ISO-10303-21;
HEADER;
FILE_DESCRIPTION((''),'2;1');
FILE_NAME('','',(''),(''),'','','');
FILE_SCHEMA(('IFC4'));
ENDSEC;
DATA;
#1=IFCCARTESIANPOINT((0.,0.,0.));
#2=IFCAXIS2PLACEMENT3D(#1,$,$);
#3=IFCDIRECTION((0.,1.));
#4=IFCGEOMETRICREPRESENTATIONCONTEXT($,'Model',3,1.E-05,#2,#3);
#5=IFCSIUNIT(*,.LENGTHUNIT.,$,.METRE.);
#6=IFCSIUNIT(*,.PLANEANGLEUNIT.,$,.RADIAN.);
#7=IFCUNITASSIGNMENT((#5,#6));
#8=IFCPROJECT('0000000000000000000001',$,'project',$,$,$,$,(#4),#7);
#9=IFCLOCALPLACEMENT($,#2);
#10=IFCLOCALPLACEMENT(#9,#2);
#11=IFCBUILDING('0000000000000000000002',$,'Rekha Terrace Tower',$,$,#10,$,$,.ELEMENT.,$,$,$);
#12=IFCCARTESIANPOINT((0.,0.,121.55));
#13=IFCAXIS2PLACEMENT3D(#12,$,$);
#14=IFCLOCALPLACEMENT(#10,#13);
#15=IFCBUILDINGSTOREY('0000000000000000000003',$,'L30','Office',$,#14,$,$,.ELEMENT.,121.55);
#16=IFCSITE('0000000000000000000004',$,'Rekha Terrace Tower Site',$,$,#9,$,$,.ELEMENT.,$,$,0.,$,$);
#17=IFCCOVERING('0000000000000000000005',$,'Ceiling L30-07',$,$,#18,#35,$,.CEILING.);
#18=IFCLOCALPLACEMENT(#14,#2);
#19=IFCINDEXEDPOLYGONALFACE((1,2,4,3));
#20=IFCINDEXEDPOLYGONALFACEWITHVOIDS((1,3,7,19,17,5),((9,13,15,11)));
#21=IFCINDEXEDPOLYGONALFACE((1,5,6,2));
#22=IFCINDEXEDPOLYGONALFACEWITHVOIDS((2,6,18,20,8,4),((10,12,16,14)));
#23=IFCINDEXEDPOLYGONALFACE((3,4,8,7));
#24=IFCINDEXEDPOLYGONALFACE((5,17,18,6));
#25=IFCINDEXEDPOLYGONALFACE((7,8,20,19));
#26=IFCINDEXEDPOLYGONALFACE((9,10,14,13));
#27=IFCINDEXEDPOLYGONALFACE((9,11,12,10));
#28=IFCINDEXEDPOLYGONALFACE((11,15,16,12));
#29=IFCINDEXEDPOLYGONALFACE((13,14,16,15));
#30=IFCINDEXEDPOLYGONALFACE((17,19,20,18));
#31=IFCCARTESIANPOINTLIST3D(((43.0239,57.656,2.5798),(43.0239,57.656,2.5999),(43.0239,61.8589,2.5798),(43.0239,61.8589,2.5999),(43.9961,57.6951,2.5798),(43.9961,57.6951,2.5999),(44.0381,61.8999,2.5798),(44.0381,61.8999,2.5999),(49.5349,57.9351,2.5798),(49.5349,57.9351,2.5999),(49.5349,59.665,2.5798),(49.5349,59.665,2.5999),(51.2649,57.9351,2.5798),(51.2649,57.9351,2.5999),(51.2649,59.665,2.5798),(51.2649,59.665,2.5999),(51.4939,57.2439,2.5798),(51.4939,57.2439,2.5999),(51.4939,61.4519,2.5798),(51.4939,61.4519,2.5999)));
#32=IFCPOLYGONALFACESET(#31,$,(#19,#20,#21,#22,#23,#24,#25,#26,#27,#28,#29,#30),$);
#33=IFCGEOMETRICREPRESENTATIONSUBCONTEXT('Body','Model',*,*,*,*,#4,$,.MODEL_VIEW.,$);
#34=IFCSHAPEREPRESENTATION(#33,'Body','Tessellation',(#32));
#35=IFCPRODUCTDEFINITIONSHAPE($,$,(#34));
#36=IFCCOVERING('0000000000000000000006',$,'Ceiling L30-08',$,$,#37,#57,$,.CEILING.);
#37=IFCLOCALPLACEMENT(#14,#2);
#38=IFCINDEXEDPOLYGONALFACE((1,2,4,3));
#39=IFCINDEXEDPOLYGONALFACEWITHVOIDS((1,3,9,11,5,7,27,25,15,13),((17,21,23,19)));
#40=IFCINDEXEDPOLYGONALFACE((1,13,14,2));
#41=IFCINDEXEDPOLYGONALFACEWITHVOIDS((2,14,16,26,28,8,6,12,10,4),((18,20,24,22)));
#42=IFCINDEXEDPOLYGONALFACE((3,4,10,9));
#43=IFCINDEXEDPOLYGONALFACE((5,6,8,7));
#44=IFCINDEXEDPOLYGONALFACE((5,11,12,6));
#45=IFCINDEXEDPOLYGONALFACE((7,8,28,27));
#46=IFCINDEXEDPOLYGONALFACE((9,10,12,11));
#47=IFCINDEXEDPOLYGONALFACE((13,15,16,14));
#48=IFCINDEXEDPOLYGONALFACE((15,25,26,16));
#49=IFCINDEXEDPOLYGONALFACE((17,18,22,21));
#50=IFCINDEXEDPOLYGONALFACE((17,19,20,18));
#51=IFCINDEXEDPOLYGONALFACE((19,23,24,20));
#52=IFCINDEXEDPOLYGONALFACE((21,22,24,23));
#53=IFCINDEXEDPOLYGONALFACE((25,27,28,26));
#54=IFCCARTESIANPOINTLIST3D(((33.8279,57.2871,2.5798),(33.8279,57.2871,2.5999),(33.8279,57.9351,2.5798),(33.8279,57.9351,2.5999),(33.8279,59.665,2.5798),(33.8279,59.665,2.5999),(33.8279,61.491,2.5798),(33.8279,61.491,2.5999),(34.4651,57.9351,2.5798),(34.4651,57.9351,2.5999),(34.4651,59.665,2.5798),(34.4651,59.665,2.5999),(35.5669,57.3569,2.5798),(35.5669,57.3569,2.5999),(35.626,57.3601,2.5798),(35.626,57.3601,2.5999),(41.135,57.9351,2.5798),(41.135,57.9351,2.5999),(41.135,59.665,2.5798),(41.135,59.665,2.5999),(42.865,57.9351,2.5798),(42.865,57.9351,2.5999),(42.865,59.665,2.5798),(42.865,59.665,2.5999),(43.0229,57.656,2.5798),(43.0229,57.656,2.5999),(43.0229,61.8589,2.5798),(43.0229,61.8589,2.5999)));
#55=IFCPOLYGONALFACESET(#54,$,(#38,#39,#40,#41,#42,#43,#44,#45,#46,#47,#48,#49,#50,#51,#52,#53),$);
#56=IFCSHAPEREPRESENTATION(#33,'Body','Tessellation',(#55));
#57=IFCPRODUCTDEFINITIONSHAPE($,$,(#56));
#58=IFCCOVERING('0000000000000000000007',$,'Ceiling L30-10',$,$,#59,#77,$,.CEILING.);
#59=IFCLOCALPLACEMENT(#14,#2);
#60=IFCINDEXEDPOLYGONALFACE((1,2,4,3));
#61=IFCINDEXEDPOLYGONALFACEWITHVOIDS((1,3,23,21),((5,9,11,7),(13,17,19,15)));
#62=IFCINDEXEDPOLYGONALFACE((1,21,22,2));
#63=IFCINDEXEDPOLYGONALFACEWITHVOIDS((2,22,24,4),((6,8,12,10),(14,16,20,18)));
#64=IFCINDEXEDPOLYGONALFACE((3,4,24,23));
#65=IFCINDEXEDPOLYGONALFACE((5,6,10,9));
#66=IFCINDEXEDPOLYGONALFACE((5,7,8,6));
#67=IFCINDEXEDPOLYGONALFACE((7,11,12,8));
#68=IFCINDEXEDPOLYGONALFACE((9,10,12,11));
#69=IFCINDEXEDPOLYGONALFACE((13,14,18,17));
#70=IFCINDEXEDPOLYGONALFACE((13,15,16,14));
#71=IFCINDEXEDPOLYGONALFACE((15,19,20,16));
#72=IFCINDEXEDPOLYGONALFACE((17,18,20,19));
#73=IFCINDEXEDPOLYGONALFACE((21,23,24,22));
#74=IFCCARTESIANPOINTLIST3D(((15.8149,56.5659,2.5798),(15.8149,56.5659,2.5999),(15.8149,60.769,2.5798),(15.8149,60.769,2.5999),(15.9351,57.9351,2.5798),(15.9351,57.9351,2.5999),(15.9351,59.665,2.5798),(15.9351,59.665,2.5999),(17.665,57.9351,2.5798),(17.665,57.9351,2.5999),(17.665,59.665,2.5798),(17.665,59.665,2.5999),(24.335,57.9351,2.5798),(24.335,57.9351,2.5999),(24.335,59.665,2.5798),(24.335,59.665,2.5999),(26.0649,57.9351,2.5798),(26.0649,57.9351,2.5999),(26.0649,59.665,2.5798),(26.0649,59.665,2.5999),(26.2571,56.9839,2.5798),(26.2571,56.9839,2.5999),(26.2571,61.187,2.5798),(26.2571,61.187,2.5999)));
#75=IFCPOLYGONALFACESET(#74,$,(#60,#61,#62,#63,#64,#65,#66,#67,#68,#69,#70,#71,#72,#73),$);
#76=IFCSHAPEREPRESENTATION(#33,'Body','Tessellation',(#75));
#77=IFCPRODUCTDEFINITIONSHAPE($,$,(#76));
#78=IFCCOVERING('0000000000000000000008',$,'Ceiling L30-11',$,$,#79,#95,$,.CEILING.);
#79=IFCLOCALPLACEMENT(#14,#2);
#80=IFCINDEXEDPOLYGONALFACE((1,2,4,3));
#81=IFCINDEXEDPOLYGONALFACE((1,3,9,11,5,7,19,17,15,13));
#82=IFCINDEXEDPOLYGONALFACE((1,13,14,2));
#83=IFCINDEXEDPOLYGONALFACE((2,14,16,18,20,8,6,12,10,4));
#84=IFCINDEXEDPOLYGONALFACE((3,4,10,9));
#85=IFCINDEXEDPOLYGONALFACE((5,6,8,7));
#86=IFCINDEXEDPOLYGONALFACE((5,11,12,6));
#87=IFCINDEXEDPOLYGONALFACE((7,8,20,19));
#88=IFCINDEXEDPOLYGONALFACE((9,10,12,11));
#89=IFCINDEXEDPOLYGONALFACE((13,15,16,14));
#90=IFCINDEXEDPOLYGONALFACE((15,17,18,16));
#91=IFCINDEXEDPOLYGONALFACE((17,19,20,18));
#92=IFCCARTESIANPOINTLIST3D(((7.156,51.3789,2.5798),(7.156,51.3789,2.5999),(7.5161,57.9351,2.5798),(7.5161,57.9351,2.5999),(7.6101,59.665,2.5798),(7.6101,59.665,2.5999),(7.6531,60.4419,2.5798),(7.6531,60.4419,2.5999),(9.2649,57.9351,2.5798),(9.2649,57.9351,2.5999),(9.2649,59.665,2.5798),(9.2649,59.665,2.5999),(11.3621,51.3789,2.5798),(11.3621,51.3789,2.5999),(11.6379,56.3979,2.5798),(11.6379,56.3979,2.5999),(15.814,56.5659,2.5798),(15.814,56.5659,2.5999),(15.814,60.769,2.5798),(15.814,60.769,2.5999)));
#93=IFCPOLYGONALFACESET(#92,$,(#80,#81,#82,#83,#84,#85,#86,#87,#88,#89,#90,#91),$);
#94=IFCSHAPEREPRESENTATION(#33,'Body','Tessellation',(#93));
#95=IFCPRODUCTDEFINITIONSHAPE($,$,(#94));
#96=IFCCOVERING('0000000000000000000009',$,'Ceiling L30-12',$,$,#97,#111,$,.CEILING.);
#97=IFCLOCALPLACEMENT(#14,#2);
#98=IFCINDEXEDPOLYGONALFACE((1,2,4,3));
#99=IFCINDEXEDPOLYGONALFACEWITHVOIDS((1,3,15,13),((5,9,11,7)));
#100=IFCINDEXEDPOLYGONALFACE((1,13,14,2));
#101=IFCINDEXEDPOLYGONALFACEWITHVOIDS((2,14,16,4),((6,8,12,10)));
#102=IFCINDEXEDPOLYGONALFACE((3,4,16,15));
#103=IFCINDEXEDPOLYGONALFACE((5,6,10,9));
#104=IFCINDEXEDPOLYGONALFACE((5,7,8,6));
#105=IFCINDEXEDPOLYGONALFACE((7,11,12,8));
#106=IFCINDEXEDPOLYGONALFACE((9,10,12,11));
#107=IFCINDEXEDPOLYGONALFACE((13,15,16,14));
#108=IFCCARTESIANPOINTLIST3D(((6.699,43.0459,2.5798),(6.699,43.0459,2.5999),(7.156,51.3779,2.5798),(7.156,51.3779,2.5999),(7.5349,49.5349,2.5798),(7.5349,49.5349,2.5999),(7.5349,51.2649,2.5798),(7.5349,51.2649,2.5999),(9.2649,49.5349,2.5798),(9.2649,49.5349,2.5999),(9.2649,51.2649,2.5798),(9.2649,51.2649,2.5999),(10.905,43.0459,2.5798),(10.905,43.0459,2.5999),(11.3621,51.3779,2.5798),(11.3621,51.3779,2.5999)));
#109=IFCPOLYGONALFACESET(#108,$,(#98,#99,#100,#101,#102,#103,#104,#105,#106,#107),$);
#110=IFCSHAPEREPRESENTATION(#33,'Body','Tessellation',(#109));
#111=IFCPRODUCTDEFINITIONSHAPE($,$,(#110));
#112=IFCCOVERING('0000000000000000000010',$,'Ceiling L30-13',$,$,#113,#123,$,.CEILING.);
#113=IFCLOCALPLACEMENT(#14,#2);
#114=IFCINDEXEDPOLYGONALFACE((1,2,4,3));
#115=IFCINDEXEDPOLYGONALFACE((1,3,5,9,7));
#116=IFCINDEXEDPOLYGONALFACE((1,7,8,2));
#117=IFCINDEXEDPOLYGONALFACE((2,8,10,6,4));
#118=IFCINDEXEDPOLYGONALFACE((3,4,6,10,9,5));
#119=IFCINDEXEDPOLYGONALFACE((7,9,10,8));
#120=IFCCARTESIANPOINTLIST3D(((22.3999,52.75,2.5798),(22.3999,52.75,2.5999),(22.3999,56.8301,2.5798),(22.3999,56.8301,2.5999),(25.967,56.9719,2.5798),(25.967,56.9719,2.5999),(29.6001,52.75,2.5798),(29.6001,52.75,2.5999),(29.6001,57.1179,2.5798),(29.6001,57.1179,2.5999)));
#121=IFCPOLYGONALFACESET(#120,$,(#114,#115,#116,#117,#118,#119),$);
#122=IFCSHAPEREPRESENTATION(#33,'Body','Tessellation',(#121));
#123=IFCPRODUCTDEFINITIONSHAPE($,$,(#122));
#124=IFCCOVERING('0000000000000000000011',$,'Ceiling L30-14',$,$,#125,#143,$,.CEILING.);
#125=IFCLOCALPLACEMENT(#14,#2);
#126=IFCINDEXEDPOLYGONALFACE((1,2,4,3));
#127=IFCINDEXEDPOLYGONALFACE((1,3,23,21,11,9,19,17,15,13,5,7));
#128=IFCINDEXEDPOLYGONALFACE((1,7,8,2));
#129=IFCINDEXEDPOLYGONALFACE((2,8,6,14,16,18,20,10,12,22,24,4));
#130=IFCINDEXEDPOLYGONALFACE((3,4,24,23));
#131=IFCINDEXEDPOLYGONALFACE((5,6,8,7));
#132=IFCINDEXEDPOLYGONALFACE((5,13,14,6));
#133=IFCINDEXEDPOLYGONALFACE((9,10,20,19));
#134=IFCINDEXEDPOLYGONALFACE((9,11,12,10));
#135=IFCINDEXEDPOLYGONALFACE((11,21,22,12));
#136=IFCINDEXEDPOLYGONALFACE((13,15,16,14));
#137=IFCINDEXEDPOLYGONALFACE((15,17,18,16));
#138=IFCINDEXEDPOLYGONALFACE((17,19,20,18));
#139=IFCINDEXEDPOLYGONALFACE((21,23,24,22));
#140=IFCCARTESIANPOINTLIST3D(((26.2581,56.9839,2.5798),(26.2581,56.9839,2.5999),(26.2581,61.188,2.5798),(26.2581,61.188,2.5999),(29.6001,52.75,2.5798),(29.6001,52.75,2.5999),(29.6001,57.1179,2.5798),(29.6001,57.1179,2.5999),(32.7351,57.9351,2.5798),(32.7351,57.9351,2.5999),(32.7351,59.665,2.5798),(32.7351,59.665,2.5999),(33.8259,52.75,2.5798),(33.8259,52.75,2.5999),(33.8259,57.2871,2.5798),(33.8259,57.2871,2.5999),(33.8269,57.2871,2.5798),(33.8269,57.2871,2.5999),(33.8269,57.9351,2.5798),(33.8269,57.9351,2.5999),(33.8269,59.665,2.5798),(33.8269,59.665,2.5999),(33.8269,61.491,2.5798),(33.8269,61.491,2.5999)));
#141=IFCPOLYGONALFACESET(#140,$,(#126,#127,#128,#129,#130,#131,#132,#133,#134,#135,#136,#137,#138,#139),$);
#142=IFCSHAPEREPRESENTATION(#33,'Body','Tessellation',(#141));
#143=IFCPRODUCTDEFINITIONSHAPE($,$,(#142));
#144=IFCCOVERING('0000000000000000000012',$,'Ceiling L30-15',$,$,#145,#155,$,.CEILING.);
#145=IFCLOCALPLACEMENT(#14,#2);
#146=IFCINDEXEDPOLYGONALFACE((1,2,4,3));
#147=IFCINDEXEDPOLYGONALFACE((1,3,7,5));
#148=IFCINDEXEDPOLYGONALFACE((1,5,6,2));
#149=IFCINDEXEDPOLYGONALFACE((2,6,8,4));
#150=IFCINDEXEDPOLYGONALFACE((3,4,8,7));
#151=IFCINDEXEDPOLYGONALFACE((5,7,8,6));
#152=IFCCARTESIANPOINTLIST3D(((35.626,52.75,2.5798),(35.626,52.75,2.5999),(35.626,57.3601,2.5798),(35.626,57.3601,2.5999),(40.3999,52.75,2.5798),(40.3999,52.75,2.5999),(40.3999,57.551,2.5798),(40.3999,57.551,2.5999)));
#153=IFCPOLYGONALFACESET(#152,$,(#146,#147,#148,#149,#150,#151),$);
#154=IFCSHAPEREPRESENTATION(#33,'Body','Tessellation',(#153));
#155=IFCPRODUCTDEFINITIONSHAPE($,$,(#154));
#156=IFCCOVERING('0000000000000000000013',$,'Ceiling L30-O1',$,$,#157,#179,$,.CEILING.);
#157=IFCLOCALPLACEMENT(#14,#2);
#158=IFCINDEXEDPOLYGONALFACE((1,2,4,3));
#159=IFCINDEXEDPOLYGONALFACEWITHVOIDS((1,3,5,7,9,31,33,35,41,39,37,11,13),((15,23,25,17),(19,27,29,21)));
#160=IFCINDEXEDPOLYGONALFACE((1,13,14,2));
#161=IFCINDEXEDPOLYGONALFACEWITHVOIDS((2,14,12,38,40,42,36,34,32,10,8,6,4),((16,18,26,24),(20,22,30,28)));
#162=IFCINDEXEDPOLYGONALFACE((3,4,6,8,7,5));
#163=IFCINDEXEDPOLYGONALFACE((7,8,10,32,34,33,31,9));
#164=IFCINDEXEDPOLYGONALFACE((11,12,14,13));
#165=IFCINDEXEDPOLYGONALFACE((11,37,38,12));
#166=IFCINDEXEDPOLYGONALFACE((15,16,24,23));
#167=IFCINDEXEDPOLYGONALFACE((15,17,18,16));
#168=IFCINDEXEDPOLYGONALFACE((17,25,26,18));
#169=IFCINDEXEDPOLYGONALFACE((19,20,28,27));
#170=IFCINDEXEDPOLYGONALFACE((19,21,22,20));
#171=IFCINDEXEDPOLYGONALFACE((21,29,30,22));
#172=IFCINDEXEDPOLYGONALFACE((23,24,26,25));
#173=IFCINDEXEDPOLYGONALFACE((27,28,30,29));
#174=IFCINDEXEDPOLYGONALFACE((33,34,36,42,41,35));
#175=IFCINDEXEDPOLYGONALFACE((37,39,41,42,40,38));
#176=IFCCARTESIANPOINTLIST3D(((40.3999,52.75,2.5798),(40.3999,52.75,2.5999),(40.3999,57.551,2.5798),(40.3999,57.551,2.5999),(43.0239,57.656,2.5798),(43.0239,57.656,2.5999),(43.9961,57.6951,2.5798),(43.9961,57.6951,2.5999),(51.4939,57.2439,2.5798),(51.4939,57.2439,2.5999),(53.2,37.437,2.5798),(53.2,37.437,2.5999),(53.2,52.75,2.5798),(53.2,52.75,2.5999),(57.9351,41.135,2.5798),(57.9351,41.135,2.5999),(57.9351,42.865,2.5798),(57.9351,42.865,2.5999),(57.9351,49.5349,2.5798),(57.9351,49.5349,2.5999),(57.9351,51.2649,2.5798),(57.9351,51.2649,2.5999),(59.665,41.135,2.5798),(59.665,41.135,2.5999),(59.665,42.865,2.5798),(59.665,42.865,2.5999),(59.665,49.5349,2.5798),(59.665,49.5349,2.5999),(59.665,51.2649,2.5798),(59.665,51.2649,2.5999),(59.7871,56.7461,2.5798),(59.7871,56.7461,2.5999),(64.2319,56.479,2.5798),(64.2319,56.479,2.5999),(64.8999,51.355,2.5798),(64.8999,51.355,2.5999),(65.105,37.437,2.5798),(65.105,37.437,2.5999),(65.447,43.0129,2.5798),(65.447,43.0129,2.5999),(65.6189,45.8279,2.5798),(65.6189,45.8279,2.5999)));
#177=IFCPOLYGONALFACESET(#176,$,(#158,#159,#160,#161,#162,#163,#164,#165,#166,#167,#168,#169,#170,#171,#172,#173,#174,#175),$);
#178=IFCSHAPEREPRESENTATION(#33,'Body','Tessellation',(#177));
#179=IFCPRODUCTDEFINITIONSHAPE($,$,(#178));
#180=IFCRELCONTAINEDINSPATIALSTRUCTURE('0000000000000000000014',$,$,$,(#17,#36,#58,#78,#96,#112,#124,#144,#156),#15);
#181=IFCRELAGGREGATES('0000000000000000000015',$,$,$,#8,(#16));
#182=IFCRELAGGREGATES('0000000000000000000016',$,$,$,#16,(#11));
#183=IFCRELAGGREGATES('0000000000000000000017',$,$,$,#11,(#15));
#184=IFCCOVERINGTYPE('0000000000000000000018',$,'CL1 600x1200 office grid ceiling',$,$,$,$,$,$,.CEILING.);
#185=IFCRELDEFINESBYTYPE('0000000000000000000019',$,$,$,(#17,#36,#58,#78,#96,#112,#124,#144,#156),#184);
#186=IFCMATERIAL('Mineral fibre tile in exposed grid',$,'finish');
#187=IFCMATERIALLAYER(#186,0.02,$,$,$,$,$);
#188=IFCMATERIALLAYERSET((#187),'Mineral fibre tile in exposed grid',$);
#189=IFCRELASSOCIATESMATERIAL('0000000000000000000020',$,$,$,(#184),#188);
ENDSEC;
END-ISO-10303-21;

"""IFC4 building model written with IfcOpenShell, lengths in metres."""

from ifc_helpers import new_model, si_unit, direction, frame, origin, place, context, subcontext, project, spatial, polyline, outline, extrude, material, layer, layer_set, type_object, element, save


model = new_model("IFC4")

# Units and contexts
model_context = context("Model", 3, precision=1e-05, world=origin(), true_north=direction((0.0, 1.0)))
body_context = subcontext(model_context, "Body", "Model", "MODEL_VIEW")
ifc_project = project(units=[si_unit("LENGTHUNIT", "METRE"), si_unit("PLANEANGLEUNIT", "RADIAN")], contexts=[model_context])

# Site, building, storey
site_placement = place(None, origin())
site = spatial("IfcSite", under=ifc_project, at=site_placement, Name="Rekha Terrace Tower Site", CompositionType="ELEMENT", RefElevation=0.0)
building_placement = place(site_placement, origin())
building = spatial("IfcBuilding", under=site, at=building_placement, Name="Rekha Terrace Tower", CompositionType="ELEMENT")
storey_placement = place(building_placement, frame((0.0, 0.0, 121.55)))
storey = spatial("IfcBuildingStorey", under=building, at=storey_placement, Name="L30", Description="Office", CompositionType="ELEMENT", Elevation=121.55)

# Coverings
ifc_material_1 = material(Name="Mineral fibre tile in exposed grid", Category="finish")
ifc_layer_1 = layer(ifc_material_1, 0.02)
ifc_layer_set_1 = layer_set([ifc_layer_1], Name="Mineral fibre tile in exposed grid")
covering_type_1 = type_object("IfcCoveringType", Name="CL1 600x1200 office grid ceiling", PredefinedType="CEILING", material=ifc_layer_set_1)
covering_1_placement = place(storey_placement, frame((0.0, 0.0, 2.5798)))
element("IfcCovering", 1, at=covering_1_placement, inside=storey, type_object=covering_type_1, Name="Ceiling L30-07", PredefinedType="CEILING", context=body_context, shape_type="SweptSolid", body=[
    extrude(outline(polyline([(44.0381, 61.8999), (43.0239, 61.8589), (43.0239, 57.656), (43.9961, 57.6951), (51.4939, 57.2439), (51.4939, 61.4519), (44.0381, 61.8999)]), holes=[polyline([(51.2649, 57.9351), (49.5349, 57.9351), (49.5349, 59.665), (51.2649, 59.665), (51.2649, 57.9351)])]), origin(), (0.0, 0.0, 1.0), 0.02),
])
covering_2_placement = place(storey_placement, frame((0.0, 0.0, 2.5798)))
element("IfcCovering", 2, at=covering_2_placement, inside=storey, type_object=covering_type_1, Name="Ceiling L30-08", PredefinedType="CEILING", context=body_context, shape_type="SweptSolid", body=[
    extrude(outline(polyline([(33.8279, 57.9351), (33.8279, 57.2871), (35.5669, 57.3569), (35.626, 57.3601), (43.0229, 57.656), (43.0229, 61.8589), (33.8279, 61.491), (33.8279, 59.665), (34.4651, 59.665), (34.4651, 57.9351), (33.8279, 57.9351)]), holes=[polyline([(42.865, 57.9351), (41.135, 57.9351), (41.135, 59.665), (42.865, 59.665), (42.865, 57.9351)])]), origin(), (0.0, 0.0, 1.0), 0.02),
])
covering_3_placement = place(storey_placement, frame((0.0, 0.0, 2.5798)))
element("IfcCovering", 3, at=covering_3_placement, inside=storey, type_object=covering_type_1, Name="Ceiling L30-10", PredefinedType="CEILING", context=body_context, shape_type="SweptSolid", body=[
    extrude(outline(polyline([(26.2571, 56.9839), (26.2571, 61.187), (15.8149, 60.769), (15.8149, 56.5659), (26.2571, 56.9839)]), holes=[polyline([(26.0649, 57.9351), (24.335, 57.9351), (24.335, 59.665), (26.0649, 59.665), (26.0649, 57.9351)]), polyline([(17.665, 57.9351), (15.9351, 57.9351), (15.9351, 59.665), (17.665, 59.665), (17.665, 57.9351)])]), origin(), (0.0, 0.0, 1.0), 0.02),
])
covering_4_placement = place(storey_placement, frame((0.0, 0.0, 2.5798)))
element("IfcCovering", 4, at=covering_4_placement, inside=storey, type_object=covering_type_1, Name="Ceiling L30-11", PredefinedType="CEILING", context=body_context, shape_type="SweptSolid", body=[
    extrude(outline(polyline([(7.5161, 57.9351), (7.156, 51.3789), (11.3621, 51.3789), (11.6379, 56.3979), (15.814, 56.5659), (15.814, 60.769), (7.6531, 60.4419), (7.6101, 59.665), (9.2649, 59.665), (9.2649, 57.9351), (7.5161, 57.9351)])), origin(), (0.0, 0.0, 1.0), 0.02),
])
covering_5_placement = place(storey_placement, frame((0.0, 0.0, 2.5798)))
element("IfcCovering", 5, at=covering_5_placement, inside=storey, type_object=covering_type_1, Name="Ceiling L30-12", PredefinedType="CEILING", context=body_context, shape_type="SweptSolid", body=[
    extrude(outline(polyline([(11.3621, 51.3779), (7.156, 51.3779), (6.699, 43.0459), (10.905, 43.0459), (11.3621, 51.3779)]), holes=[polyline([(9.2649, 51.2649), (9.2649, 49.5349), (7.5349, 49.5349), (7.5349, 51.2649), (9.2649, 51.2649)])]), origin(), (0.0, 0.0, 1.0), 0.02),
])
covering_6_placement = place(storey_placement, frame((0.0, 0.0, 2.5798)))
element("IfcCovering", 6, at=covering_6_placement, inside=storey, type_object=covering_type_1, Name="Ceiling L30-13", PredefinedType="CEILING", context=body_context, shape_type="SweptSolid", body=[
    extrude(outline(polyline([(22.3999, 52.75), (29.6001, 52.75), (29.6001, 57.1179), (25.967, 56.9719), (22.3999, 56.8301), (22.3999, 52.75)])), origin(), (0.0, 0.0, 1.0), 0.02),
])
covering_7_placement = place(storey_placement, frame((0.0, 0.0, 2.5798)))
element("IfcCovering", 7, at=covering_7_placement, inside=storey, type_object=covering_type_1, Name="Ceiling L30-14", PredefinedType="CEILING", context=body_context, shape_type="SweptSolid", body=[
    extrude(outline(polyline([(29.6001, 52.75), (33.8259, 52.75), (33.8259, 57.2871), (33.8269, 57.2871), (33.8269, 57.9351), (32.7351, 57.9351), (32.7351, 59.665), (33.8269, 59.665), (33.8269, 61.491), (26.2581, 61.188), (26.2581, 56.9839), (29.6001, 57.1179), (29.6001, 52.75)])), origin(), (0.0, 0.0, 1.0), 0.02),
])
covering_8_placement = place(storey_placement, frame((0.0, 0.0, 2.5798)))
element("IfcCovering", 8, at=covering_8_placement, inside=storey, type_object=covering_type_1, Name="Ceiling L30-15", PredefinedType="CEILING", context=body_context, shape_type="SweptSolid", body=[
    extrude(outline(polyline([(40.3999, 52.75), (40.3999, 57.551), (35.626, 57.3601), (35.626, 52.75), (40.3999, 52.75)])), origin(), (0.0, 0.0, 1.0), 0.02),
])
covering_9_placement = place(storey_placement, frame((0.0, 0.0, 2.5798)))
element("IfcCovering", 9, at=covering_9_placement, inside=storey, type_object=covering_type_1, Name="Ceiling L30-O1", PredefinedType="CEILING", context=body_context, shape_type="SweptSolid", body=[
    extrude(outline(polyline([(43.9961, 57.6951), (43.0239, 57.656), (40.3999, 57.551), (40.3999, 52.75), (53.2, 52.75), (53.2, 37.437), (65.105, 37.437), (65.447, 43.0129), (65.6189, 45.8279), (64.8999, 51.355), (64.2319, 56.479), (59.7871, 56.7461), (51.4939, 57.2439), (43.9961, 57.6951)]), holes=[polyline([(59.665, 41.135), (57.9351, 41.135), (57.9351, 42.865), (59.665, 42.865), (59.665, 41.135)]), polyline([(59.665, 49.5349), (57.9351, 49.5349), (57.9351, 51.2649), (59.665, 51.2649), (59.665, 49.5349)])]), origin(), (0.0, 0.0, 1.0), 0.02),
])

save(model, "model.ifc")
